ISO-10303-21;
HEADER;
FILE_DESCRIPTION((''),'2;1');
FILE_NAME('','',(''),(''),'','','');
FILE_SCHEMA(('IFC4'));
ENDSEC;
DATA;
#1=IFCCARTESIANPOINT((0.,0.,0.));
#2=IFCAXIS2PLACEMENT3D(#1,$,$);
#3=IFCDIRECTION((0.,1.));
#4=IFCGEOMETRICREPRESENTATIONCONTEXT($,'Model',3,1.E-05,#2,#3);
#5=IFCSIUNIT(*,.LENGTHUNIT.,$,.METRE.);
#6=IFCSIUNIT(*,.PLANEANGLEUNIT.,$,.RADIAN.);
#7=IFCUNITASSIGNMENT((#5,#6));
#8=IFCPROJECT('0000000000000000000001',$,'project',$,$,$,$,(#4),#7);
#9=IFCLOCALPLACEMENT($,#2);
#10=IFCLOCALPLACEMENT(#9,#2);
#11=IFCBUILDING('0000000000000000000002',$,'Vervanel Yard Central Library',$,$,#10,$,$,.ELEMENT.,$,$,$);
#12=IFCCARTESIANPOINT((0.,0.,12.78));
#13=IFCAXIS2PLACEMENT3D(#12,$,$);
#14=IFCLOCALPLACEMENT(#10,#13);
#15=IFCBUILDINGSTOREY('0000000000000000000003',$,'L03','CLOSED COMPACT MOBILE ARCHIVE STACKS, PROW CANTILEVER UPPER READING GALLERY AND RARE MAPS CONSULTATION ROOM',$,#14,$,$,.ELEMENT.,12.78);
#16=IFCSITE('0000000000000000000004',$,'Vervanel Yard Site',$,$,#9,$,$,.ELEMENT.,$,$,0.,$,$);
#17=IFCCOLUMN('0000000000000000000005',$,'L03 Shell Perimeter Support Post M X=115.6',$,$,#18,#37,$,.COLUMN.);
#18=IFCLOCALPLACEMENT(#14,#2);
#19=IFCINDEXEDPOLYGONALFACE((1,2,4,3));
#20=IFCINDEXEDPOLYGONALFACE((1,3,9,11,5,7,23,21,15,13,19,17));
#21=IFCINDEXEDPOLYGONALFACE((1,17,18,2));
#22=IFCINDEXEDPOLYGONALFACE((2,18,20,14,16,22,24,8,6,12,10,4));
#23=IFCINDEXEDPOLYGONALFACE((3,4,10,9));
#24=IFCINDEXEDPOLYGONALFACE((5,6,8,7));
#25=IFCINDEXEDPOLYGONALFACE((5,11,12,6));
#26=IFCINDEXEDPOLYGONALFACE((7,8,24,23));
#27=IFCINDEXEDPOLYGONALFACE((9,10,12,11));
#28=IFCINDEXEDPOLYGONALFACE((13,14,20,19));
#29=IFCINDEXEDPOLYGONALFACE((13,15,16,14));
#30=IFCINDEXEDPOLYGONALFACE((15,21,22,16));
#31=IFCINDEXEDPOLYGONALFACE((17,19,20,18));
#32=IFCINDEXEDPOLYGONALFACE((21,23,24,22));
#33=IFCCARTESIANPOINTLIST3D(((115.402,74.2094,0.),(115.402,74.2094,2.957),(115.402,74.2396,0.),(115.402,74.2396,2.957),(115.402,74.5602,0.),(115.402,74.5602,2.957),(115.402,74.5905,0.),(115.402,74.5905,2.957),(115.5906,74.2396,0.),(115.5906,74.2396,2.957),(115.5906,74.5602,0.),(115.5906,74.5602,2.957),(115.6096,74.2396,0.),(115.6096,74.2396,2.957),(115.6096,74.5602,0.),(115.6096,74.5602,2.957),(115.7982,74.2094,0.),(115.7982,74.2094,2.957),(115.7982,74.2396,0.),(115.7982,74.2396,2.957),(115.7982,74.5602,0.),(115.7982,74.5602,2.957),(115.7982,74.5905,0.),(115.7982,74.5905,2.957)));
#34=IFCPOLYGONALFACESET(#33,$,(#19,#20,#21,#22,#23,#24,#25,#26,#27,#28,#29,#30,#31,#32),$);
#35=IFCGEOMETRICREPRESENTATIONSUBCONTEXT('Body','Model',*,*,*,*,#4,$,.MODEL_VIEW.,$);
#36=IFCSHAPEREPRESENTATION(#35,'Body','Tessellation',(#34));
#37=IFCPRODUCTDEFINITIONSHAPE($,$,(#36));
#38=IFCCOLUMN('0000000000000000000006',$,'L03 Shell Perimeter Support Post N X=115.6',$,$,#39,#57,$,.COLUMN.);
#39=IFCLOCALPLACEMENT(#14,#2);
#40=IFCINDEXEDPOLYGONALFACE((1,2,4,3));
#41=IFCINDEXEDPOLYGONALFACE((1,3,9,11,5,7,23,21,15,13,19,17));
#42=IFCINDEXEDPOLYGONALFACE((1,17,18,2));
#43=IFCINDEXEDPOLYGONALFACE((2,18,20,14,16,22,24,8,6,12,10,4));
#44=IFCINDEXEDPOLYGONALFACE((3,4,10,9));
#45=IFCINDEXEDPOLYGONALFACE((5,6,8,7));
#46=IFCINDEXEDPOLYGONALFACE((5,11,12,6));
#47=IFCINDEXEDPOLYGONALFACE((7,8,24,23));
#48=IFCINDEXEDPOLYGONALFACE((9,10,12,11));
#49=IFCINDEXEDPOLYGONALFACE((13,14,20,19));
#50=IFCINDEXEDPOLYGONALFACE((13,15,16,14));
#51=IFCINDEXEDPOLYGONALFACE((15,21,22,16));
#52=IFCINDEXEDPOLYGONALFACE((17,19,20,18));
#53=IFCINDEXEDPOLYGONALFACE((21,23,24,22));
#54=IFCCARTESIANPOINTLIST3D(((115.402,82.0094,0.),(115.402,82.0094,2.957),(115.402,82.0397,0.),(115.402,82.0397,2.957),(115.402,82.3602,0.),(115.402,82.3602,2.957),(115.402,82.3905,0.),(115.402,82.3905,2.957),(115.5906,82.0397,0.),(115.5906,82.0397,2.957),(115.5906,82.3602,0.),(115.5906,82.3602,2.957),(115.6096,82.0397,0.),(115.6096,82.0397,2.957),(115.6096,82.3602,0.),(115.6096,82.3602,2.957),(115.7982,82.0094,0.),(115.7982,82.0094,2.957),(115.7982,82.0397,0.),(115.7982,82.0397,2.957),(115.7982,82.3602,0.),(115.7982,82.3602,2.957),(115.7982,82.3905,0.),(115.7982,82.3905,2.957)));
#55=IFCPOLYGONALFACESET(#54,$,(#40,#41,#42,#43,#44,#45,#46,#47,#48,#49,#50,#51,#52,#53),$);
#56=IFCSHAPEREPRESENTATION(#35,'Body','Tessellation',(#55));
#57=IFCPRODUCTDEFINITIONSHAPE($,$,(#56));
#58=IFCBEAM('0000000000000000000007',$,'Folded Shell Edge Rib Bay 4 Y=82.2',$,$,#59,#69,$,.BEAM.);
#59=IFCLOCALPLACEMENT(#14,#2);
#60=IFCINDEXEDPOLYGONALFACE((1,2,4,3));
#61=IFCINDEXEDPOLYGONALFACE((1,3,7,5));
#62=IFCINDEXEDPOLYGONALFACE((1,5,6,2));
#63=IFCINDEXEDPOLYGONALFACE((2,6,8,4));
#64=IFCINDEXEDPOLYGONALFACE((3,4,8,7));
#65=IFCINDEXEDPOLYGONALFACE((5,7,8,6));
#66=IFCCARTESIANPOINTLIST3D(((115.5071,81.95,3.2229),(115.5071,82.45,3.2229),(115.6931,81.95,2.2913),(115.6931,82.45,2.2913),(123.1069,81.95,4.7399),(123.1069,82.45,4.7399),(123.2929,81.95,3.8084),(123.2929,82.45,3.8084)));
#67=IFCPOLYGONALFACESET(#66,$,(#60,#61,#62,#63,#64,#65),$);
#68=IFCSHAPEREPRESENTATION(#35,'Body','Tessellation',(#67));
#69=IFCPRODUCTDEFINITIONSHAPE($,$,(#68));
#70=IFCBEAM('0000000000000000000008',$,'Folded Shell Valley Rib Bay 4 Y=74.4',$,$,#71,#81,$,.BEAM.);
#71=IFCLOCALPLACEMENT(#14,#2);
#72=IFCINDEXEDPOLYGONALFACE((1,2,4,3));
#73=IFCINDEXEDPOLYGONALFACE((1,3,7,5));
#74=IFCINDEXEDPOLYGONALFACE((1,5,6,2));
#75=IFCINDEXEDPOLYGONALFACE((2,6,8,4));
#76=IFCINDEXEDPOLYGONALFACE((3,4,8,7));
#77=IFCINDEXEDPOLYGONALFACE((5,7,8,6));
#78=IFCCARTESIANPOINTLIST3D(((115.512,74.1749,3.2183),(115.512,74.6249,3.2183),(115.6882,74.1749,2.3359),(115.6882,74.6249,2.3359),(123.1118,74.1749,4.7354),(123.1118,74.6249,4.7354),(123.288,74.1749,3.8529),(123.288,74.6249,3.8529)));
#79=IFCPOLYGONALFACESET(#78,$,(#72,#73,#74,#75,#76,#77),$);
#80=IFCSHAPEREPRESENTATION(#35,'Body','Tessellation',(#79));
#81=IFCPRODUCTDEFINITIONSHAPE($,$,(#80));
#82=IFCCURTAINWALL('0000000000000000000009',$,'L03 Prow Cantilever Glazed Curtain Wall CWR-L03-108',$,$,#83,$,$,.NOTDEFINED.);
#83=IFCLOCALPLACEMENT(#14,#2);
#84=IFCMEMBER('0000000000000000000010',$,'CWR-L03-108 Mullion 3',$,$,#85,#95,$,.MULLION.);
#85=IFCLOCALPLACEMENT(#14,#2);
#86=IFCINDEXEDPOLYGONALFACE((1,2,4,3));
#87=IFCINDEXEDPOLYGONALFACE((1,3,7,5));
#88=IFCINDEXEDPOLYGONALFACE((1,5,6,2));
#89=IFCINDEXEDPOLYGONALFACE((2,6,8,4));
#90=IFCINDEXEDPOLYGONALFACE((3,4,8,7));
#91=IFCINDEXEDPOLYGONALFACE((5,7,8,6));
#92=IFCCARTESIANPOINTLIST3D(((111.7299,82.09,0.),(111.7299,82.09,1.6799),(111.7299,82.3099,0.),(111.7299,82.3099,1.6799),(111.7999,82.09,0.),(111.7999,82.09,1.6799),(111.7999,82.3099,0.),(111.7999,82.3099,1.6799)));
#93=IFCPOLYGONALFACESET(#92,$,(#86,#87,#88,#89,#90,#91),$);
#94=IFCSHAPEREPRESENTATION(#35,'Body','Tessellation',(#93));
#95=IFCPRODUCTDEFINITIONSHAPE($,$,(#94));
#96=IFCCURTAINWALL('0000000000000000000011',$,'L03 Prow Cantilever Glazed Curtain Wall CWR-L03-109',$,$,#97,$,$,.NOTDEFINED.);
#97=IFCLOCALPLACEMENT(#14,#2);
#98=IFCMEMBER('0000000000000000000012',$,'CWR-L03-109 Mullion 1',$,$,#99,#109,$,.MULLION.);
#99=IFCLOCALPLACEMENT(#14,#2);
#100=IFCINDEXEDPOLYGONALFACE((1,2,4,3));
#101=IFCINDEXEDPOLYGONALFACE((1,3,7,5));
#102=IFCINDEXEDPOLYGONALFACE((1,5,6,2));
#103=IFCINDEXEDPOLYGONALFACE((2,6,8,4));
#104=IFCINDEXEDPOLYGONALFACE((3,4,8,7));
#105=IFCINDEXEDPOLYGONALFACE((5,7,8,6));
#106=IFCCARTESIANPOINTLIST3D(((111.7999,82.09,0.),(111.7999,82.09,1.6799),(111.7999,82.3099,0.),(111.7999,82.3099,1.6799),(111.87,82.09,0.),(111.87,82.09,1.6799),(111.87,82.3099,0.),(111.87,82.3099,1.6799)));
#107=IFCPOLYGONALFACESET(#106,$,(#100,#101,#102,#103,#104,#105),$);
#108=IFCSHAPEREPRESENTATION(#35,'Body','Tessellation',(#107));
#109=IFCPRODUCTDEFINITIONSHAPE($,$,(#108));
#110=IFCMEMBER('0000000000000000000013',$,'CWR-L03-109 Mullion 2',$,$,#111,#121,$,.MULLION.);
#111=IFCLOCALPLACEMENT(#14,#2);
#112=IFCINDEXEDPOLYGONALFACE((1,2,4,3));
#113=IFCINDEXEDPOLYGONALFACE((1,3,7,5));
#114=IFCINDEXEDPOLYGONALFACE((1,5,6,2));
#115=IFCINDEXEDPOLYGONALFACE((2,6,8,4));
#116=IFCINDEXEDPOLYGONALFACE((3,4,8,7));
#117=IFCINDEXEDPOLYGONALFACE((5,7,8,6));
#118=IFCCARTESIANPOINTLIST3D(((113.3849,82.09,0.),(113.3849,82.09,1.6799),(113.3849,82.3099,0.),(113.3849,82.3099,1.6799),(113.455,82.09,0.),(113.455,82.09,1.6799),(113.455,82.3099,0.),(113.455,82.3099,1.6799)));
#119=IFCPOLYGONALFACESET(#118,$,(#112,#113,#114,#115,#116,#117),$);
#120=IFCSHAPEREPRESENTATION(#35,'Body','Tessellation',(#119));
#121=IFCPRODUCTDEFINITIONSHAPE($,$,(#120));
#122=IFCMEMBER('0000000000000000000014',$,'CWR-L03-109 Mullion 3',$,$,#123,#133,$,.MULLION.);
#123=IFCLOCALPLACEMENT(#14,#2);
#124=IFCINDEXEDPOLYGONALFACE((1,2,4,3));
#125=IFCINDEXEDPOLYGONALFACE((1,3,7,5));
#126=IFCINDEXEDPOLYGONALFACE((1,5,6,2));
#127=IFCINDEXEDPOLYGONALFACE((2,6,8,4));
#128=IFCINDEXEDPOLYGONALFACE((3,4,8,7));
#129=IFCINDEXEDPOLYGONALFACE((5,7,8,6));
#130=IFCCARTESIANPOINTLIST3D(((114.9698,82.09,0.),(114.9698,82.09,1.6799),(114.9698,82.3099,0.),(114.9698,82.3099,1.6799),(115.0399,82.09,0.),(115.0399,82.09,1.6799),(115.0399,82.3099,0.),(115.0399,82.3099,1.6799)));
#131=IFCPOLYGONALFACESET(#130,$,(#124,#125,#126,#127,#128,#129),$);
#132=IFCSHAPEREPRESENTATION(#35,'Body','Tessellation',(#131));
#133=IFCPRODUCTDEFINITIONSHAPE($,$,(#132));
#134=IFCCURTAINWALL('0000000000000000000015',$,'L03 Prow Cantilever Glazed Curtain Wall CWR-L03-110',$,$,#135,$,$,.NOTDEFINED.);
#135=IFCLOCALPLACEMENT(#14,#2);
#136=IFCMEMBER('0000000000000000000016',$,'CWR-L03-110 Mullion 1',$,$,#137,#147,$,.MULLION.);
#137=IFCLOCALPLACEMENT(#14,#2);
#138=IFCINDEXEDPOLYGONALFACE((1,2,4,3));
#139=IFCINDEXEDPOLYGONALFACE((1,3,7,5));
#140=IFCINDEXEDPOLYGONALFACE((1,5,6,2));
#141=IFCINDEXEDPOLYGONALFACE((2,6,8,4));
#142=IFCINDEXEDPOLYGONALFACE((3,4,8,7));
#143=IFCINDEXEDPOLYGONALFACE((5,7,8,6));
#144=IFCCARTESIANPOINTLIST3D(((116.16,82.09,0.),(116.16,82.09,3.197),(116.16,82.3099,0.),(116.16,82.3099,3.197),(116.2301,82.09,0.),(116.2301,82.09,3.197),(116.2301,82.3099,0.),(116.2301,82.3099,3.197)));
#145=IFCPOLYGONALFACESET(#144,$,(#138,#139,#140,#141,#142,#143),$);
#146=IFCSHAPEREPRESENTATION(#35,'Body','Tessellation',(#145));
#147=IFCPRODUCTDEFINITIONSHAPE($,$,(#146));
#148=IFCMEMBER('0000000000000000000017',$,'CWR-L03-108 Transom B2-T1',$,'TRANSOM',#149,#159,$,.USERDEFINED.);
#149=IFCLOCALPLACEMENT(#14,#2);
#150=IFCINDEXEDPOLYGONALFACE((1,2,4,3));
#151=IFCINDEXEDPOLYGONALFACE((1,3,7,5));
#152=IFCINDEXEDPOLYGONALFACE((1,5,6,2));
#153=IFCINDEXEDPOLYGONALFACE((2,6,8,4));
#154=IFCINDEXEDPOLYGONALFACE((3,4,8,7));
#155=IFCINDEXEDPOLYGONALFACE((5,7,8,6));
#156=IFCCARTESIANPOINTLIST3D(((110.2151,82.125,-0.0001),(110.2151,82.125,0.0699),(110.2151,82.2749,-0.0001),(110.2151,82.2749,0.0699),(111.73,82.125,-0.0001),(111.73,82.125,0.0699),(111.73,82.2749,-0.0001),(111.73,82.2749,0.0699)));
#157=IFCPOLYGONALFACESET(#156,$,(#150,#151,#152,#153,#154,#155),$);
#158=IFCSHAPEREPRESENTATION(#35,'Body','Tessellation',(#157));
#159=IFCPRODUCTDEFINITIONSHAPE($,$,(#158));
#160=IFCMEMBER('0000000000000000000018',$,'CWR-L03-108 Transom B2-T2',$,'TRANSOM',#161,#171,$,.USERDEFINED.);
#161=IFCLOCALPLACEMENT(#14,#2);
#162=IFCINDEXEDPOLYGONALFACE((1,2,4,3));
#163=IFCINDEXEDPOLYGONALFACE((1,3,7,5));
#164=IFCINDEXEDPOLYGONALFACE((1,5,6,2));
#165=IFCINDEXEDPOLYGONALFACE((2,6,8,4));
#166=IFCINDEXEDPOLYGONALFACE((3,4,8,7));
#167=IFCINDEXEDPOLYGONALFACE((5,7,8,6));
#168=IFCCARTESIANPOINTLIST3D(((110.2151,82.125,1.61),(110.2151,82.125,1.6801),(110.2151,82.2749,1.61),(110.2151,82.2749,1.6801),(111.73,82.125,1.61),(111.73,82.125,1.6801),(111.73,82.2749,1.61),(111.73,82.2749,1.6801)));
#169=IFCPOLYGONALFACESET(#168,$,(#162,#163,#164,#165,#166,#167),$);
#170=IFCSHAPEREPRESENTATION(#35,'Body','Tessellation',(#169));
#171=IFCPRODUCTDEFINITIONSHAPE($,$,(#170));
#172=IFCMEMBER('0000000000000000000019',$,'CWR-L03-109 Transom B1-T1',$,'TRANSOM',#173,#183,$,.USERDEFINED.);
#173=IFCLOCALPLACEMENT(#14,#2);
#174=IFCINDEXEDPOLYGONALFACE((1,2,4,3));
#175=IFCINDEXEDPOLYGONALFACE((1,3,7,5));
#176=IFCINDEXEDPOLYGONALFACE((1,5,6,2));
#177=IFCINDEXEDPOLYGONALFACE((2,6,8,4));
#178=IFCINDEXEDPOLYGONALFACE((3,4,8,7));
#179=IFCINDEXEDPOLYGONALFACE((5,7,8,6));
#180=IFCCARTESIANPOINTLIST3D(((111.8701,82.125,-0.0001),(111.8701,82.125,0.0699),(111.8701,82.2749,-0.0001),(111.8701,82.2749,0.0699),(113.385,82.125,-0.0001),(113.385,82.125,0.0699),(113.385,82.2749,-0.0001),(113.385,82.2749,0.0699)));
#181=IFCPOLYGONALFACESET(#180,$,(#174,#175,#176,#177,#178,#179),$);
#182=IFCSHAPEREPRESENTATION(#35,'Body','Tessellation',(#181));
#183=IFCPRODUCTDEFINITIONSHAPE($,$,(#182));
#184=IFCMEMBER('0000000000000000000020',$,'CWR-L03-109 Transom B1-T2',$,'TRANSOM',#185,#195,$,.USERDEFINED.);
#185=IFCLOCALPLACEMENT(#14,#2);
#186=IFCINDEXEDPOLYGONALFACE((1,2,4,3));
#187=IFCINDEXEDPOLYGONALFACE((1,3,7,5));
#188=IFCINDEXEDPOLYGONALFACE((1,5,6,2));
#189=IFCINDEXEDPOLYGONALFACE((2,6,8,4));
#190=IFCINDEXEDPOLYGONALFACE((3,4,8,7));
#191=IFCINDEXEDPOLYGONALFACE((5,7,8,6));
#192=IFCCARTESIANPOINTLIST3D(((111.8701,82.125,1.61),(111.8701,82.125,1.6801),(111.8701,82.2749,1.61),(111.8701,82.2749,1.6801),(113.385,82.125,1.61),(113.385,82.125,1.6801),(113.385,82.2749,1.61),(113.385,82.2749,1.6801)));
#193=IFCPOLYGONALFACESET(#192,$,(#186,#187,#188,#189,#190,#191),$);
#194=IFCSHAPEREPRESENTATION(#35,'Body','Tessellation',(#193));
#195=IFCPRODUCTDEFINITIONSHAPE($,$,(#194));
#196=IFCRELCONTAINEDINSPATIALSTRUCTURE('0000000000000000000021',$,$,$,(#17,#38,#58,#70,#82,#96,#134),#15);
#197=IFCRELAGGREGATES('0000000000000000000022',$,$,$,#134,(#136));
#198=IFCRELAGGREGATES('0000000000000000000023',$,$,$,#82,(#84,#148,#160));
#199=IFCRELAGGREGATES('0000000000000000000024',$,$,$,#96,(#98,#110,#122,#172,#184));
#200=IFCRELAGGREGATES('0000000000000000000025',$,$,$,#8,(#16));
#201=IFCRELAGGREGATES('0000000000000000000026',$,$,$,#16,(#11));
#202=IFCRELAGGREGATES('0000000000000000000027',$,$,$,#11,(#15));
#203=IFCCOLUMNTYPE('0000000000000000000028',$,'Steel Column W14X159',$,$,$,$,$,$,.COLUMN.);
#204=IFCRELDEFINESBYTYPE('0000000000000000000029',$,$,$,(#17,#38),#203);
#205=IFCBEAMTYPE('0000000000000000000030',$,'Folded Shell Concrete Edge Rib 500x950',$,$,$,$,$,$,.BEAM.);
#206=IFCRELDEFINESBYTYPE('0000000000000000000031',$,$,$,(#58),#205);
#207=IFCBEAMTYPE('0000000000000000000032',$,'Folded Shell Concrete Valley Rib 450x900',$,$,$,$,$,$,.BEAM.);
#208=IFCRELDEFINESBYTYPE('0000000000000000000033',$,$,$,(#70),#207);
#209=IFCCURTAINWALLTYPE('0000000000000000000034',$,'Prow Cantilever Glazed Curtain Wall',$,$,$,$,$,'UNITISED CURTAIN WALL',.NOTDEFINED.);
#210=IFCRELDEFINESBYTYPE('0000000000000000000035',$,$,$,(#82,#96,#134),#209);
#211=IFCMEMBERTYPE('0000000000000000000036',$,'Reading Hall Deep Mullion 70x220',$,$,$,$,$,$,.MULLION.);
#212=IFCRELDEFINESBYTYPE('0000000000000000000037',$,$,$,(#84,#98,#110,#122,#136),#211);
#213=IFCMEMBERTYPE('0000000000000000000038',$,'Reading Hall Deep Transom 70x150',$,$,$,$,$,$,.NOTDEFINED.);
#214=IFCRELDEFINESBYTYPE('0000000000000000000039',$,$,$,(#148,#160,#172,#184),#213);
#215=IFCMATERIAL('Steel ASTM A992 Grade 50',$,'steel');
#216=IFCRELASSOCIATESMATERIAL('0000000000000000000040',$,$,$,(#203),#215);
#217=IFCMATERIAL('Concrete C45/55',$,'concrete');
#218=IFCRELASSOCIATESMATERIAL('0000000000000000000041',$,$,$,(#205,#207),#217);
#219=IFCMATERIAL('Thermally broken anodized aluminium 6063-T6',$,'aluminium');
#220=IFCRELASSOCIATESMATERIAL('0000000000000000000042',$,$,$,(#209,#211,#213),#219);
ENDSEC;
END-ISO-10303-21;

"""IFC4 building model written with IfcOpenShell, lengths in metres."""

from ifc_helpers import new_model, si_unit, direction, frame, origin, origin_2d, place, context, subcontext, project, spatial, rectangle, i_section, extrude, material, material_profile, profile_set, type_object, element, aggregate, save


model = new_model("IFC4")

# Units and contexts
model_context = context("Model", 3, precision=1e-05, world=origin(), true_north=direction((0.0, 1.0)))
body_context = subcontext(model_context, "Body", "Model", "MODEL_VIEW")
ifc_project = project(units=[si_unit("LENGTHUNIT", "METRE"), si_unit("PLANEANGLEUNIT", "RADIAN")], contexts=[model_context])

# Site, building, storey
site_placement = place(None, origin())
site = spatial("IfcSite", under=ifc_project, at=site_placement, Name="Vervanel Yard Site", CompositionType="ELEMENT", RefElevation=0.0)
building_placement = place(site_placement, origin())
building = spatial("IfcBuilding", under=site, at=building_placement, Name="Vervanel Yard Central Library", CompositionType="ELEMENT")
storey_placement = place(building_placement, frame((0.0, 0.0, 12.78)))
storey = spatial("IfcBuildingStorey", under=building, at=storey_placement, Name="L03", Description="CLOSED COMPACT MOBILE ARCHIVE STACKS, PROW CANTILEVER UPPER READING GALLERY AND RARE MAPS CONSULTATION ROOM", CompositionType="ELEMENT", Elevation=12.78)

# Columns
ifc_material_1 = material(Name="Steel ASTM A992 Grade 50", Category="steel")
ifc_material_profile_1 = material_profile(ifc_material_1, i_section(OverallWidth=0.3962, OverallDepth=0.3811, WebThickness=0.019, FlangeThickness=0.0303, at=origin_2d()), Name="W14X159", Category="steel")
ifc_profile_set_1 = profile_set([ifc_material_profile_1], Name="Steel ASTM A992 Grade 50")
column_type = type_object("IfcColumnType", Name="Steel Column W14X159", PredefinedType="COLUMN", material=ifc_profile_set_1)
for number, where, z_axis, x_axis, name in (
    (1, (115.6001, 74.3999, 0.0), (0.0, 0.0, 1.0), (1.0, 0.0, 0.0), "L03 Shell Perimeter Support Post M X=115.6"),
    (2, (115.6001, 82.2, 0.0), (0.0, 0.0, 1.0), (1.0, 0.0, 0.0), "L03 Shell Perimeter Support Post N X=115.6"),
):
    element("IfcColumn", number, at=place(storey_placement, frame(where, z_axis=z_axis, x_axis=x_axis)), inside=storey, type_object=column_type, Name=name, PredefinedType="COLUMN", context=body_context, shape_type="SweptSolid", body=[
        extrude(i_section(OverallWidth=0.3962, OverallDepth=0.3811, WebThickness=0.019, FlangeThickness=0.0303, at=origin_2d()), origin(), (0.0, 0.0, 1.0), 2.957),
    ])

# Beams
ifc_material_2 = material(Name="Concrete C45/55", Category="concrete")
ifc_material_profile_2 = material_profile(ifc_material_2, rectangle(XDim=0.5, YDim=0.95, at=origin_2d()), Name="RC 500x950", Category="concrete")
ifc_profile_set_2 = profile_set([ifc_material_profile_2], Name="Concrete C45/55")
beam_type_1 = type_object("IfcBeamType", Name="Folded Shell Concrete Edge Rib 500x950", PredefinedType="BEAM", material=ifc_profile_set_2)
beam_1_placement = place(storey_placement, frame((115.6001, 82.2, 2.7571), z_axis=(0.980652, 0.0, 0.195759), x_axis=(0.0, 1.0, 0.0)))
element("IfcBeam", 3, at=beam_1_placement, inside=storey, type_object=beam_type_1, Name="Folded Shell Edge Rib Bay 4 Y=82.2", PredefinedType="BEAM", context=body_context, shape_type="SweptSolid", body=[
    extrude(rectangle(XDim=0.5, YDim=0.95, at=origin_2d()), origin(), (0.0, 0.0, 1.0), 7.7498),
])
ifc_material_profile_3 = material_profile(ifc_material_2, rectangle(XDim=0.45, YDim=0.8999, at=origin_2d()), Name="RC 450x900", Category="concrete")
ifc_profile_set_3 = profile_set([ifc_material_profile_3], Name="Concrete C45/55")
beam_type_2 = type_object("IfcBeamType", Name="Folded Shell Concrete Valley Rib 450x900", PredefinedType="BEAM", material=ifc_profile_set_3)
beam_2_placement = place(storey_placement, frame((115.6001, 74.3999, 2.7771), z_axis=(0.980652, 0.0, 0.195759), x_axis=(0.0, 1.0, 0.0)))
element("IfcBeam", 4, at=beam_2_placement, inside=storey, type_object=beam_type_2, Name="Folded Shell Valley Rib Bay 4 Y=74.4", PredefinedType="BEAM", context=body_context, shape_type="SweptSolid", body=[
    extrude(rectangle(XDim=0.45, YDim=0.8999, at=origin_2d()), origin(), (0.0, 0.0, 1.0), 7.7498),
])

# Curtain wall, member
ifc_material_3 = material(Name="Thermally broken anodized aluminium 6063-T6", Category="aluminium")
curtain_wall_type = type_object("IfcCurtainWallType", Name="Prow Cantilever Glazed Curtain Wall", ElementType="UNITISED CURTAIN WALL", PredefinedType="NOTDEFINED", material=ifc_material_3)
curtain_wall_1_placement = place(storey_placement, origin())
curtain_wall_1 = element("IfcCurtainWall", 5, at=curtain_wall_1_placement, inside=storey, type_object=curtain_wall_type, Name="L03 Prow Cantilever Glazed Curtain Wall CWR-L03-108", PredefinedType="NOTDEFINED")
ifc_material_profile_4 = material_profile(ifc_material_3, rectangle(XDim=0.0701, YDim=0.22, at=origin_2d()), Name="ALU 70x220", Category="aluminium")
ifc_profile_set_4 = profile_set([ifc_material_profile_4], Name="Thermally broken anodized aluminium 6063-T6")
member_type_1 = type_object("IfcMemberType", Name="Reading Hall Deep Mullion 70x220", PredefinedType="MULLION", material=ifc_profile_set_4)
member_1_placement = place(storey_placement, frame((111.7649, 82.2, 0.0), z_axis=(0.0, 0.0, 1.0), x_axis=(1.0, 0.0, 0.0)))
member_1 = element("IfcMember", 6, at=member_1_placement, type_object=member_type_1, Name="CWR-L03-108 Mullion 3", PredefinedType="MULLION", context=body_context, shape_type="SweptSolid", body=[
    extrude(rectangle(XDim=0.0701, YDim=0.22, at=origin_2d()), origin(), (0.0, 0.0, 1.0), 1.6799),
])

# Curtain wall, members
curtain_wall_2_placement = place(storey_placement, origin())
curtain_wall_2 = element("IfcCurtainWall", 7, at=curtain_wall_2_placement, inside=storey, type_object=curtain_wall_type, Name="L03 Prow Cantilever Glazed Curtain Wall CWR-L03-109", PredefinedType="NOTDEFINED")
member_2_placement = place(storey_placement, frame((111.835, 82.2, 0.0), z_axis=(0.0, 0.0, 1.0), x_axis=(1.0, 0.0, 0.0)))
member_2 = element("IfcMember", 8, at=member_2_placement, type_object=member_type_1, Name="CWR-L03-109 Mullion 1", PredefinedType="MULLION", context=body_context, shape_type="SweptSolid", body=[
    extrude(rectangle(XDim=0.0701, YDim=0.22, at=origin_2d()), origin(), (0.0, 0.0, 1.0), 1.6799),
])
member_3_placement = place(storey_placement, frame((113.4199, 82.2, 0.0), z_axis=(0.0, 0.0, 1.0), x_axis=(1.0, 0.0, 0.0)))
member_3 = element("IfcMember", 9, at=member_3_placement, type_object=member_type_1, Name="CWR-L03-109 Mullion 2", PredefinedType="MULLION", context=body_context, shape_type="SweptSolid", body=[
    extrude(rectangle(XDim=0.0701, YDim=0.22, at=origin_2d()), origin(), (0.0, 0.0, 1.0), 1.6799),
])
member_4_placement = place(storey_placement, frame((115.0049, 82.2, 0.0), z_axis=(0.0, 0.0, 1.0), x_axis=(1.0, 0.0, 0.0)))
member_4 = element("IfcMember", 10, at=member_4_placement, type_object=member_type_1, Name="CWR-L03-109 Mullion 3", PredefinedType="MULLION", context=body_context, shape_type="SweptSolid", body=[
    extrude(rectangle(XDim=0.0701, YDim=0.22, at=origin_2d()), origin(), (0.0, 0.0, 1.0), 1.6799),
])

# Curtain wall, member
curtain_wall_3_placement = place(storey_placement, origin())
curtain_wall_3 = element("IfcCurtainWall", 11, at=curtain_wall_3_placement, inside=storey, type_object=curtain_wall_type, Name="L03 Prow Cantilever Glazed Curtain Wall CWR-L03-110", PredefinedType="NOTDEFINED")
member_5_placement = place(storey_placement, frame((116.1951, 82.2, 0.0), z_axis=(0.0, 0.0, 1.0), x_axis=(1.0, 0.0, 0.0)))
member_5 = element("IfcMember", 12, at=member_5_placement, type_object=member_type_1, Name="CWR-L03-110 Mullion 1", PredefinedType="MULLION", context=body_context, shape_type="SweptSolid", body=[
    extrude(rectangle(XDim=0.0701, YDim=0.22, at=origin_2d()), origin(), (0.0, 0.0, 1.0), 3.197),
])

# Members
ifc_material_profile_5 = material_profile(ifc_material_3, rectangle(XDim=0.0701, YDim=0.1499, at=origin_2d()), Name="ALU 70x150", Category="aluminium")
ifc_profile_set_5 = profile_set([ifc_material_profile_5], Name="Thermally broken anodized aluminium 6063-T6")
member_type_2 = type_object("IfcMemberType", Name="Reading Hall Deep Transom 70x150", PredefinedType="NOTDEFINED", material=ifc_profile_set_5)
member_6_placement = place(storey_placement, frame((110.2151, 82.2, 0.0349), z_axis=(1.0, 0.0, 0.0), x_axis=(0.0, 0.0, 1.0)))
member_6 = element("IfcMember", 13, at=member_6_placement, type_object=member_type_2, Name="CWR-L03-108 Transom B2-T1", ObjectType="TRANSOM", PredefinedType="USERDEFINED", context=body_context, shape_type="SweptSolid", body=[
    extrude(rectangle(XDim=0.0701, YDim=0.1499, at=origin_2d()), origin(), (0.0, 0.0, 1.0), 1.5149),
])
member_7_placement = place(storey_placement, frame((110.2151, 82.2, 1.645), z_axis=(1.0, 0.0, 0.0), x_axis=(0.0, 0.0, 1.0)))
member_7 = element("IfcMember", 14, at=member_7_placement, type_object=member_type_2, Name="CWR-L03-108 Transom B2-T2", ObjectType="TRANSOM", PredefinedType="USERDEFINED", context=body_context, shape_type="SweptSolid", body=[
    extrude(rectangle(XDim=0.0701, YDim=0.1499, at=origin_2d()), origin(), (0.0, 0.0, 1.0), 1.5149),
])
member_8_placement = place(storey_placement, frame((111.8701, 82.2, 0.0349), z_axis=(1.0, 0.0, 0.0), x_axis=(0.0, 0.0, 1.0)))
member_8 = element("IfcMember", 15, at=member_8_placement, type_object=member_type_2, Name="CWR-L03-109 Transom B1-T1", ObjectType="TRANSOM", PredefinedType="USERDEFINED", context=body_context, shape_type="SweptSolid", body=[
    extrude(rectangle(XDim=0.0701, YDim=0.1499, at=origin_2d()), origin(), (0.0, 0.0, 1.0), 1.5149),
])
member_9_placement = place(storey_placement, frame((111.8701, 82.2, 1.645), z_axis=(1.0, 0.0, 0.0), x_axis=(0.0, 0.0, 1.0)))
member_9 = element("IfcMember", 16, at=member_9_placement, type_object=member_type_2, Name="CWR-L03-109 Transom B1-T2", ObjectType="TRANSOM", PredefinedType="USERDEFINED", context=body_context, shape_type="SweptSolid", body=[
    extrude(rectangle(XDim=0.0701, YDim=0.1499, at=origin_2d()), origin(), (0.0, 0.0, 1.0), 1.5149),
])
aggregate(curtain_wall_3, [member_5])

aggregate(curtain_wall_1, [member_1, member_6, member_7])
aggregate(curtain_wall_2, [member_2, member_3, member_4, member_8, member_9])

save(model, "model.ifc")
